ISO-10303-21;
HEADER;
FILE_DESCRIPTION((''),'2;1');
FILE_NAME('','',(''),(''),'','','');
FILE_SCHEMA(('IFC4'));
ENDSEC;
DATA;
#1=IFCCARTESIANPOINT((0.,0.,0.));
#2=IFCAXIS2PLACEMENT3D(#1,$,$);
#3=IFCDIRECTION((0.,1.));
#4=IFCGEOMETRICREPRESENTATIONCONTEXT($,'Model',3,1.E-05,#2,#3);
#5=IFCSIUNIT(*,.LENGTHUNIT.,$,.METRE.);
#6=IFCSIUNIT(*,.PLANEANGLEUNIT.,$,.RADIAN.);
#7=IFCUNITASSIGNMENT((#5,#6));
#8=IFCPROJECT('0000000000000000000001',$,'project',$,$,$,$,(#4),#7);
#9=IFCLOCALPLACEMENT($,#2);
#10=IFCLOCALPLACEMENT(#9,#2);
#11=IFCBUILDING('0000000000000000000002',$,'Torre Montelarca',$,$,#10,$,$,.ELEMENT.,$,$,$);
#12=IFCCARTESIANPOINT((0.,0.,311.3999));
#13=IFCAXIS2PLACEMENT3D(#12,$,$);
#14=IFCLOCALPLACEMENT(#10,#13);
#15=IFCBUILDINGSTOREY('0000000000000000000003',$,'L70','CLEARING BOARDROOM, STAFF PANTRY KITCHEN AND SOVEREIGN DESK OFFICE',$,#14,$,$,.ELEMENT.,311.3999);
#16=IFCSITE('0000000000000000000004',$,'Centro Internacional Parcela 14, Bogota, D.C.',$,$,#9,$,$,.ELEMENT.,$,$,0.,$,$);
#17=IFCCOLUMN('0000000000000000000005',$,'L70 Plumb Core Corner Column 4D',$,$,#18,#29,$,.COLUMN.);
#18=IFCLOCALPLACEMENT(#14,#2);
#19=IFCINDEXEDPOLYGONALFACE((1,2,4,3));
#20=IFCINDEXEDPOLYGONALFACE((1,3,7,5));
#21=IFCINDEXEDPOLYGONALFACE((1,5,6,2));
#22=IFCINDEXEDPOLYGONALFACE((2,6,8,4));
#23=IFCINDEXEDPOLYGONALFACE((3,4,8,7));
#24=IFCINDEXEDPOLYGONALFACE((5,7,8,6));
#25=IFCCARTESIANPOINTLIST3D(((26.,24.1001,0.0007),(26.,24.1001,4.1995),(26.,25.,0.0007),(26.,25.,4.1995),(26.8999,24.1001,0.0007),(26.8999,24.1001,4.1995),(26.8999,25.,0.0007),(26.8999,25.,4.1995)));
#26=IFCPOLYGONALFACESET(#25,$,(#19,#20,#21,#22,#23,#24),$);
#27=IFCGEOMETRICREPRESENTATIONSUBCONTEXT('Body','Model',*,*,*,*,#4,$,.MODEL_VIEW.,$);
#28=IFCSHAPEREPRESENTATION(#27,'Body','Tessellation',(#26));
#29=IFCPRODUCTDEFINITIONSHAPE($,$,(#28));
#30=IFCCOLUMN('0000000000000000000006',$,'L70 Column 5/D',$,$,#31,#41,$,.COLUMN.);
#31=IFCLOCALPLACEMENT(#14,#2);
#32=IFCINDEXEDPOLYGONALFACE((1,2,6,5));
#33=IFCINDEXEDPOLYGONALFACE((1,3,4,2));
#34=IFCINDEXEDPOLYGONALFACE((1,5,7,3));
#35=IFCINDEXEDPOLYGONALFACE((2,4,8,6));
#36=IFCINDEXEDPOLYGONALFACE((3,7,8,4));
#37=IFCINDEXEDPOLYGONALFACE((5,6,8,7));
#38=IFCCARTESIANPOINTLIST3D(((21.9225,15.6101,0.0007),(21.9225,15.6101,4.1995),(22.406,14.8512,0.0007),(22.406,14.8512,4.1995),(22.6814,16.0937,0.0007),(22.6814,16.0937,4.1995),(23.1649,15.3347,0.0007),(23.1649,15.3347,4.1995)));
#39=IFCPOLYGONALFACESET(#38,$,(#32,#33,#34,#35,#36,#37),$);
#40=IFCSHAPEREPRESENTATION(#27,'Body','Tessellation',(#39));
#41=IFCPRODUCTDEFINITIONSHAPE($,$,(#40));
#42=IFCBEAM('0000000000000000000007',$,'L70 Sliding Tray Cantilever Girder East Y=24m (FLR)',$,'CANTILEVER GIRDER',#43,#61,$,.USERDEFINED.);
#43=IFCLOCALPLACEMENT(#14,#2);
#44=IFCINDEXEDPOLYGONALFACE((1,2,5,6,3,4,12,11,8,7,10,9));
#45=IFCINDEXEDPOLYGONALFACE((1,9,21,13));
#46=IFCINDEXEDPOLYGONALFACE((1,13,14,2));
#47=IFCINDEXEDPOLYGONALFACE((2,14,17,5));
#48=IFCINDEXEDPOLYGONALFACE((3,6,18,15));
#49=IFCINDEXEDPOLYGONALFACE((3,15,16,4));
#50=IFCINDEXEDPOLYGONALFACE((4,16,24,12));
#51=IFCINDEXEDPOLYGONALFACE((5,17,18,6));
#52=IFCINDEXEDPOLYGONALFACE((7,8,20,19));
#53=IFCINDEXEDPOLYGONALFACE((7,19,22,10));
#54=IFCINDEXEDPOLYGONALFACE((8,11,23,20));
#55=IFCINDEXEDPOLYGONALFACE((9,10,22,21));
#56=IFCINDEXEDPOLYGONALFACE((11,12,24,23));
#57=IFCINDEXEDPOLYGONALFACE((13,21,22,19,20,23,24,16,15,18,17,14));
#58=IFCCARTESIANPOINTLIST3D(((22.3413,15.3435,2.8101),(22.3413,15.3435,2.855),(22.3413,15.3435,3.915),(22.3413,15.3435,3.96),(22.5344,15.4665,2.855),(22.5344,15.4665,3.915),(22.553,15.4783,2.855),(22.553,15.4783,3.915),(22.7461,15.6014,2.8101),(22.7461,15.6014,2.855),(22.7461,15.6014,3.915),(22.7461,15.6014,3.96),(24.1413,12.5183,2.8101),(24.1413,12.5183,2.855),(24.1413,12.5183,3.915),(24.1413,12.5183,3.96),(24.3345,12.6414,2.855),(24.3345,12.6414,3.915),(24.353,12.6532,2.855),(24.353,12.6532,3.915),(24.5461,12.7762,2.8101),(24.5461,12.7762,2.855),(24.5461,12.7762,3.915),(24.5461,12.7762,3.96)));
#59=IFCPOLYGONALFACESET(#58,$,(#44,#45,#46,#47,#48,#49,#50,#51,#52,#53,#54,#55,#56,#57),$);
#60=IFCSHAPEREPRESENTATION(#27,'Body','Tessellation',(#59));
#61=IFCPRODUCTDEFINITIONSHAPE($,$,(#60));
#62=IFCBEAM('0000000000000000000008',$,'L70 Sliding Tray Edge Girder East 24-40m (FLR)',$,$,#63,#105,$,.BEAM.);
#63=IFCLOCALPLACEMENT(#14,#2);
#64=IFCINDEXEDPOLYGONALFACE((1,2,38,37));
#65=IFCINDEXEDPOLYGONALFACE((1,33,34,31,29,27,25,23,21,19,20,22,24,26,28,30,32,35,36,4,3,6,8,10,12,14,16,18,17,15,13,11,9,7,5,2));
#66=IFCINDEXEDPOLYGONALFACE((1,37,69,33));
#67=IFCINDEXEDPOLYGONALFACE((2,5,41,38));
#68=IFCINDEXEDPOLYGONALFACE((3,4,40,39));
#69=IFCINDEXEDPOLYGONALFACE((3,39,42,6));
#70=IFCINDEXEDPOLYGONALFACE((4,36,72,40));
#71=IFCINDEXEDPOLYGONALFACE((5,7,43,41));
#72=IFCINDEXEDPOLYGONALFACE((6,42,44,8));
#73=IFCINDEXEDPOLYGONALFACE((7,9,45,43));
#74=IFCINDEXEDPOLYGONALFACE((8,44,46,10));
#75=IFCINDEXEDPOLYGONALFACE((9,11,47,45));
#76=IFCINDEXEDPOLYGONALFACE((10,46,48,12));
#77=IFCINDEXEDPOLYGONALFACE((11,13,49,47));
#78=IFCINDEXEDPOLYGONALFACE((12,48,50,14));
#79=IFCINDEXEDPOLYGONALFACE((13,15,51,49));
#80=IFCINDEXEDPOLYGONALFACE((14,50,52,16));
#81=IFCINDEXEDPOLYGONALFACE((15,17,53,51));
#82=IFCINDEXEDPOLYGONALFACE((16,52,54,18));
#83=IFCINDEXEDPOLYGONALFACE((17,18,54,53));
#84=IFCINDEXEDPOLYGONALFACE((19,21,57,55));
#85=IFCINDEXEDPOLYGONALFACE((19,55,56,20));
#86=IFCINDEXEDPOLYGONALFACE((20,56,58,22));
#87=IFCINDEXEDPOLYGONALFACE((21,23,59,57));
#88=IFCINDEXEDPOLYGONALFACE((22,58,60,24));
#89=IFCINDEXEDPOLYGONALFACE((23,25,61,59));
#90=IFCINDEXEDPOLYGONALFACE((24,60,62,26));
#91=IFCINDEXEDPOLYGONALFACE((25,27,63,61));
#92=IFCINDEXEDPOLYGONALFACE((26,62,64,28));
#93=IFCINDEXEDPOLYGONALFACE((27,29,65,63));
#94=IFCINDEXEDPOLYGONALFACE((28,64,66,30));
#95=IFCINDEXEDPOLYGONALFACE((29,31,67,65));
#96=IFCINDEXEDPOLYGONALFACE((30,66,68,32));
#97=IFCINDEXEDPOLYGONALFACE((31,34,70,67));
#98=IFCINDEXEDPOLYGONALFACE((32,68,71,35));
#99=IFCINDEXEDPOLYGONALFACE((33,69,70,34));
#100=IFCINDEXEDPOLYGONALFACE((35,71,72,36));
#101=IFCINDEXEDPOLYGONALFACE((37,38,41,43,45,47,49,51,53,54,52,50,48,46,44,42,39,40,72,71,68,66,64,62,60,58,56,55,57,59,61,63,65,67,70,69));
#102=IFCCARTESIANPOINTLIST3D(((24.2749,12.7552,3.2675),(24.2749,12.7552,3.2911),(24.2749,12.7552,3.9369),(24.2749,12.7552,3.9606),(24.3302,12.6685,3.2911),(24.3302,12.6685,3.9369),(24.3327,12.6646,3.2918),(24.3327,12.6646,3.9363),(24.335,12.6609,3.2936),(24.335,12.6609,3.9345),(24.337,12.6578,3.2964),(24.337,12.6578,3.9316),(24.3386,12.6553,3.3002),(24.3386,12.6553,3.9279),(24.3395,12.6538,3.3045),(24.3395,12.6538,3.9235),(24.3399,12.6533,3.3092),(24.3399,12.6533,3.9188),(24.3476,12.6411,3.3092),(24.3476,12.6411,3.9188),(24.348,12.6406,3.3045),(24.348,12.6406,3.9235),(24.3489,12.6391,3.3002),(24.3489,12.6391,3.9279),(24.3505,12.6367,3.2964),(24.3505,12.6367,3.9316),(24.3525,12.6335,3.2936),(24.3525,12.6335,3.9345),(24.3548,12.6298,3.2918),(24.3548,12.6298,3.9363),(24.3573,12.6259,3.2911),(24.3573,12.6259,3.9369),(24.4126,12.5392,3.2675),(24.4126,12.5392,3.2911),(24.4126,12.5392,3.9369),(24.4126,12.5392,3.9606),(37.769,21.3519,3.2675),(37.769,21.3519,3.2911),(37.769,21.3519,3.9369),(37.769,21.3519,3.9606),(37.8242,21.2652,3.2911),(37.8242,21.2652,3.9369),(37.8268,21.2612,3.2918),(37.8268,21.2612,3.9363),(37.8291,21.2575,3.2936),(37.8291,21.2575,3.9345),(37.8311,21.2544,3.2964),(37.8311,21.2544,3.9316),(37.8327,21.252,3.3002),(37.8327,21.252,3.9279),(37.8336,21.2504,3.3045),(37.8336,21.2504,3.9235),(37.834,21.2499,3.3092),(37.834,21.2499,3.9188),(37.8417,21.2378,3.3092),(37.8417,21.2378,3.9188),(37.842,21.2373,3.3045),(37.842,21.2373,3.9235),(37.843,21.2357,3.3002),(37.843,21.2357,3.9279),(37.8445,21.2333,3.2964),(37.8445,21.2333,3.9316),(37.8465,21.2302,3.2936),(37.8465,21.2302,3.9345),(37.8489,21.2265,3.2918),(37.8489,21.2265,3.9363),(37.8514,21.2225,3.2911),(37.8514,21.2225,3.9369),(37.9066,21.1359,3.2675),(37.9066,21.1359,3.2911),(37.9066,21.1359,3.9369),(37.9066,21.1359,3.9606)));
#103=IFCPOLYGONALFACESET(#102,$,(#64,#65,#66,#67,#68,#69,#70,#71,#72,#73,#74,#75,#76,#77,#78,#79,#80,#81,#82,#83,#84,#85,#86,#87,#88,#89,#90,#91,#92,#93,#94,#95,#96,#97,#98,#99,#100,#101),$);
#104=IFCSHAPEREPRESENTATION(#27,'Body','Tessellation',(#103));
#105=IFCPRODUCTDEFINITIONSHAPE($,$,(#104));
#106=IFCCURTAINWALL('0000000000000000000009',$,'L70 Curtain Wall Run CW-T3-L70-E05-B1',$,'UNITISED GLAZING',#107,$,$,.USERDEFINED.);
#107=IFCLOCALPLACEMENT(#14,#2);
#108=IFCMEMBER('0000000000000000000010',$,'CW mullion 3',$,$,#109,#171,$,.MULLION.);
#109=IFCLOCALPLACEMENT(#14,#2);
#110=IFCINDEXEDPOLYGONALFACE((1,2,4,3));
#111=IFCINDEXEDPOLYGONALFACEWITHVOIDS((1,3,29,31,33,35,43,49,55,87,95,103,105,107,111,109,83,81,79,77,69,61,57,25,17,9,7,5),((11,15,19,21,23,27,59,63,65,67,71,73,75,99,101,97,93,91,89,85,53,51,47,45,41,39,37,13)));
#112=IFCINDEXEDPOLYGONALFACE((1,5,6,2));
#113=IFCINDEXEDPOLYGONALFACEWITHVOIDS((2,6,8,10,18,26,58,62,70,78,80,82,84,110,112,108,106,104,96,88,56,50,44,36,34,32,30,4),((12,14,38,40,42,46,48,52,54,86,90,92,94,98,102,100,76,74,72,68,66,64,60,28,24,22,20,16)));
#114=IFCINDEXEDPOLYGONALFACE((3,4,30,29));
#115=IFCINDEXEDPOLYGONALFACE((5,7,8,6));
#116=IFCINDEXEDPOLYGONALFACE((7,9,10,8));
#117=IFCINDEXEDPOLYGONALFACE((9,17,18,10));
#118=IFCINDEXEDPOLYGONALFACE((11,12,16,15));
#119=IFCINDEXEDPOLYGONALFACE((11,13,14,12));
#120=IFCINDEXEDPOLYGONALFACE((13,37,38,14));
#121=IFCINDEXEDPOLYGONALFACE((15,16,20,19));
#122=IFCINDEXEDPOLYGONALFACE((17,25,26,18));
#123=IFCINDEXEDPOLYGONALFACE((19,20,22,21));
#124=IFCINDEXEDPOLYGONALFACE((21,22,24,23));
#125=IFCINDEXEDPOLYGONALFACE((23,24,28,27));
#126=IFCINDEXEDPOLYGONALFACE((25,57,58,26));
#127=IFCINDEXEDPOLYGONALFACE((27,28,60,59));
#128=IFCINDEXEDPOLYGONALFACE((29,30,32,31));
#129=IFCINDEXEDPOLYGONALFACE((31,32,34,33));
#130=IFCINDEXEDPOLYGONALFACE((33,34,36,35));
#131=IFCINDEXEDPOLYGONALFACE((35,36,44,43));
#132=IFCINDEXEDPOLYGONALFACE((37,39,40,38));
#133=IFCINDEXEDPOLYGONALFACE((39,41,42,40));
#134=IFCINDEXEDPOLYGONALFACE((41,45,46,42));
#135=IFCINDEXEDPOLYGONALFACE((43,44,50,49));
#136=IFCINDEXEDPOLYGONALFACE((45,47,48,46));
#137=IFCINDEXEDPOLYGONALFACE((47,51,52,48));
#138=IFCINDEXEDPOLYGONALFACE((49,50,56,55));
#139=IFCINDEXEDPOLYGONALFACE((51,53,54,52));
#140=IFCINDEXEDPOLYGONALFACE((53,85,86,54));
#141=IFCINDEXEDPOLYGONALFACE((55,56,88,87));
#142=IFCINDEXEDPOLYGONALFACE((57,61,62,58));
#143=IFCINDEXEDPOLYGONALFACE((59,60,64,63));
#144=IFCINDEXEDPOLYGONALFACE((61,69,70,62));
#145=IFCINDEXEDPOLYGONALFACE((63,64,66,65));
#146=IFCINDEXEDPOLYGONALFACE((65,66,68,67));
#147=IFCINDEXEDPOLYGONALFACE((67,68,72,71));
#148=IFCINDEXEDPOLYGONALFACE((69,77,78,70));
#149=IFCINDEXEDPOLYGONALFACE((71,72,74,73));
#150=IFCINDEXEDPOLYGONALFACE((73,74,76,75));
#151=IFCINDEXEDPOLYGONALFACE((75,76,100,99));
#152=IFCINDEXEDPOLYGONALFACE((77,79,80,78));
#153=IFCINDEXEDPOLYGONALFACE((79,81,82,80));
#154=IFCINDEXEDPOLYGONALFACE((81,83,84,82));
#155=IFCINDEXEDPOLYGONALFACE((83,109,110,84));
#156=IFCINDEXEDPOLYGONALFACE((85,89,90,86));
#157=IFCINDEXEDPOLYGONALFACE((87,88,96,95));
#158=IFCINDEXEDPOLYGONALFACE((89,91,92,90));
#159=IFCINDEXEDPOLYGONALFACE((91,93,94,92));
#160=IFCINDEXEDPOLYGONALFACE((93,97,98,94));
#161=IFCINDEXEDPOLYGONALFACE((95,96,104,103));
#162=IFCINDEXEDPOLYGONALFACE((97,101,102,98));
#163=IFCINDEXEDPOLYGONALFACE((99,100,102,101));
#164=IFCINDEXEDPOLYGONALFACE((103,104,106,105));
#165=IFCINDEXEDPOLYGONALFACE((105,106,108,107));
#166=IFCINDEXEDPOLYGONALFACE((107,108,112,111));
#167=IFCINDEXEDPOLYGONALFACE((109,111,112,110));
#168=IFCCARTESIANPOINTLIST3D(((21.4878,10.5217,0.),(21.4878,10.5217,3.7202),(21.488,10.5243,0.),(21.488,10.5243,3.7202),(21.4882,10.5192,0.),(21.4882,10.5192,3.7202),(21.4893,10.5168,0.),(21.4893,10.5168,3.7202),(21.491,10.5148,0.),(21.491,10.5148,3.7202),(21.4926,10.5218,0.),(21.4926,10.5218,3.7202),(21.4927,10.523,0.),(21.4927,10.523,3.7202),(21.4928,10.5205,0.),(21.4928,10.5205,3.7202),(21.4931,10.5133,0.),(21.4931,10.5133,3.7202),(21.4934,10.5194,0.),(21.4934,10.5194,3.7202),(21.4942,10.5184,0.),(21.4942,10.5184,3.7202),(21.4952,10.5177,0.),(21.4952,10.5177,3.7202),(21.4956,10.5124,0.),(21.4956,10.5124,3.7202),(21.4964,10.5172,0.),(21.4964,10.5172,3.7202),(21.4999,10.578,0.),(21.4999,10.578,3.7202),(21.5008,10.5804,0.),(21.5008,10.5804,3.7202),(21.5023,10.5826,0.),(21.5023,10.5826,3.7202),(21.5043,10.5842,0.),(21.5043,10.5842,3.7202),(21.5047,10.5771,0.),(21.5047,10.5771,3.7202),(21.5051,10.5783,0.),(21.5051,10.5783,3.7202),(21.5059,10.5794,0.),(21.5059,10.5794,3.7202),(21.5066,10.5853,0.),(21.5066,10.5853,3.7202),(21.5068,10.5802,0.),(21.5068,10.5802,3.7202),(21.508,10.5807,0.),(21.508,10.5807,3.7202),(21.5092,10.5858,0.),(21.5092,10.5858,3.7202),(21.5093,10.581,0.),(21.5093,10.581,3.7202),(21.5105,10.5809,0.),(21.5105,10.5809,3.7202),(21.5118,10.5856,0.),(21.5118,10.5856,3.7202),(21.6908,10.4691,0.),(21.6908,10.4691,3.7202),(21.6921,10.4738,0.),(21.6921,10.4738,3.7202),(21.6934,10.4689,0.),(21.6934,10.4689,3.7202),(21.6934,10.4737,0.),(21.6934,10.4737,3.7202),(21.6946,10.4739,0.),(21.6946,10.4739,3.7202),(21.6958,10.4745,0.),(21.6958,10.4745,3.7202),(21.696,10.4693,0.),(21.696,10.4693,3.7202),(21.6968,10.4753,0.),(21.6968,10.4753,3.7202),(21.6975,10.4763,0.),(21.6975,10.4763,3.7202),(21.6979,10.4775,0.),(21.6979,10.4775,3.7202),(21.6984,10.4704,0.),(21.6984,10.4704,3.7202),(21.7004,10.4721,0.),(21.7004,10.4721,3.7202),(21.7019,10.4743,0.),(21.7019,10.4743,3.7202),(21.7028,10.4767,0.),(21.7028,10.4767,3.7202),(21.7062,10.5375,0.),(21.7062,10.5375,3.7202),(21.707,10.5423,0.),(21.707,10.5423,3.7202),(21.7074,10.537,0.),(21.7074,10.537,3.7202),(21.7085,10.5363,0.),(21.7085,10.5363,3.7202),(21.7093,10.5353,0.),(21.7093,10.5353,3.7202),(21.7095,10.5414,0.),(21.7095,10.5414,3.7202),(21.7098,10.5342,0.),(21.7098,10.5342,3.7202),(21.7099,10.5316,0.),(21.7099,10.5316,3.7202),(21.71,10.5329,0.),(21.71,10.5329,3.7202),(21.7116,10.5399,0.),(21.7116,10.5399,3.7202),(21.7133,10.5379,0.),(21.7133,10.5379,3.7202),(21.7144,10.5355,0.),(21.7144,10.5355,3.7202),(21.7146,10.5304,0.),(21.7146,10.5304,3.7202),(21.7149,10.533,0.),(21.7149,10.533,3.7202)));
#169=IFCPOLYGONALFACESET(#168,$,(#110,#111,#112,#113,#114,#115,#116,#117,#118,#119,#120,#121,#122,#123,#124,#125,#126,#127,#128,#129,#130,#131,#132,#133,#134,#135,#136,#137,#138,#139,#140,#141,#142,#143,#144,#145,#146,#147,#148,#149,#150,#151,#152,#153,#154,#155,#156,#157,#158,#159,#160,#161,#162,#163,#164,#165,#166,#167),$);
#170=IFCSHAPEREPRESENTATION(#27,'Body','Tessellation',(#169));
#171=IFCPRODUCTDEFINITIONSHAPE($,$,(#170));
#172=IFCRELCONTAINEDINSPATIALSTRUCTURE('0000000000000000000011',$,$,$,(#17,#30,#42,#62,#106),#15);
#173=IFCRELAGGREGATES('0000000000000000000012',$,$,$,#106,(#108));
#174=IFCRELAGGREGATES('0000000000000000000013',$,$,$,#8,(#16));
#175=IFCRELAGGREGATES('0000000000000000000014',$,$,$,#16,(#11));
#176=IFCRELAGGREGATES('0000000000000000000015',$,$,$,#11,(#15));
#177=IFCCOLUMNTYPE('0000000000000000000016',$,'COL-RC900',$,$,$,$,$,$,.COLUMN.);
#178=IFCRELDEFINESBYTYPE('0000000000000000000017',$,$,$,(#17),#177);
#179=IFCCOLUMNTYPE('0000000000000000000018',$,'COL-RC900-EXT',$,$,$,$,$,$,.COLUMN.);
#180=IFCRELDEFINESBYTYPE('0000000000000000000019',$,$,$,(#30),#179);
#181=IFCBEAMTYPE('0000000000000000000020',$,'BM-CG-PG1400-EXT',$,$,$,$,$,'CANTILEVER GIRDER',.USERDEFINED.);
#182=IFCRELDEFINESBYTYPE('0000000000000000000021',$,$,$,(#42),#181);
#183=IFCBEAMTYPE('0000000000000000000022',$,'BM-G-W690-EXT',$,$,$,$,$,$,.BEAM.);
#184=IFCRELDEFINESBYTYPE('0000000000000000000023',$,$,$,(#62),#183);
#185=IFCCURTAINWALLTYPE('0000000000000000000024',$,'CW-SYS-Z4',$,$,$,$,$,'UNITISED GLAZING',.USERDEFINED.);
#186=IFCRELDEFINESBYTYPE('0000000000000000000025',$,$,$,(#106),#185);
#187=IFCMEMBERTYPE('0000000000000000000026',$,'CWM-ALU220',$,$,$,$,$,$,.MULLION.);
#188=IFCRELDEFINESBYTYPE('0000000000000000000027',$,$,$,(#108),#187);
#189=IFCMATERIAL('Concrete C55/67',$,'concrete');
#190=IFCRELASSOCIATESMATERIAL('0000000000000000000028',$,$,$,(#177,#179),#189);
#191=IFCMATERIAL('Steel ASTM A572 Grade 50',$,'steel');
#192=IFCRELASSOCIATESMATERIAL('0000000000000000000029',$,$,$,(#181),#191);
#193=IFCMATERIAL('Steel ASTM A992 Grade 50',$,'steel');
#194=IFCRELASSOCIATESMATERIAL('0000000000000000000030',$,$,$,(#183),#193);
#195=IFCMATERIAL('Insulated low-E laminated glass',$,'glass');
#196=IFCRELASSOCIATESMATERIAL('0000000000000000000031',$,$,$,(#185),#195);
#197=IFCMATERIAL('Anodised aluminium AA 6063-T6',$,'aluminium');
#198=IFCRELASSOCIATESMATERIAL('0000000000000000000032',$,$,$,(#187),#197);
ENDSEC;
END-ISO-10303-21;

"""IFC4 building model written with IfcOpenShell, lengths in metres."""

from ifc_helpers import new_model, si_unit, direction, frame, origin, origin_2d, place, context, subcontext, project, spatial, rectangle, hollow_rectangle, i_section, extrude, source, transform, mapped, material, material_profile, profile_set, type_object, element, aggregate, save


model = new_model("IFC4")

# Units and contexts
model_context = context("Model", 3, precision=1e-05, world=origin(), true_north=direction((0.0, 1.0)))
body_context = subcontext(model_context, "Body", "Model", "MODEL_VIEW")
ifc_project = project(units=[si_unit("LENGTHUNIT", "METRE"), si_unit("PLANEANGLEUNIT", "RADIAN")], contexts=[model_context])

# Site, building, storey
site_placement = place(None, origin())
site = spatial("IfcSite", under=ifc_project, at=site_placement, Name="Centro Internacional Parcela 14, Bogota, D.C.", CompositionType="ELEMENT", RefElevation=0.0)
building_placement = place(site_placement, origin())
building = spatial("IfcBuilding", under=site, at=building_placement, Name="Torre Montelarca", CompositionType="ELEMENT")
storey_placement = place(building_placement, frame((0.0, 0.0, 311.3999)))
storey = spatial("IfcBuildingStorey", under=building, at=storey_placement, Name="L70", Description="CLEARING BOARDROOM, STAFF PANTRY KITCHEN AND SOVEREIGN DESK OFFICE", CompositionType="ELEMENT", Elevation=311.3999)

# Columns
ifc_material_1 = material(Name="Concrete C55/67", Category="concrete")
ifc_material_profile_1 = material_profile(ifc_material_1, rectangle(XDim=0.8999, YDim=0.8999, at=origin_2d()), Name="RC900X900", Category="concrete")
ifc_profile_set_1 = profile_set([ifc_material_profile_1], Name="Concrete C55/67")
column_type_1 = type_object("IfcColumnType", Name="COL-RC900", PredefinedType="COLUMN", material=ifc_profile_set_1)
shared_shape_1 = source(origin(), body_context, "Body", "SweptSolid", [
    extrude(rectangle(XDim=0.8999, YDim=0.8999, at=origin_2d()), origin(), (0.0, 0.0, 1.0), 4.1987),
])
column_1_placement = place(storey_placement, frame((26.45, 24.55, 0.0007), z_axis=(0.0, 0.0, 1.0), x_axis=(1.0, 0.0, 0.0)))
element("IfcColumn", 1, at=column_1_placement, inside=storey, type_object=column_type_1, Name="L70 Plumb Core Corner Column 4D", PredefinedType="COLUMN", context=body_context, shape_type="MappedRepresentation", body=[
    mapped(shared_shape_1, transform((0.0, 0.0, 0.0), scale=1.0)),
])
ifc_material_profile_2 = material_profile(ifc_material_1, rectangle(XDim=0.8999, YDim=0.8999, at=origin_2d()), Name="RC900X900", Category="concrete")
ifc_profile_set_2 = profile_set([ifc_material_profile_2], Name="Concrete C55/67")
column_type_2 = type_object("IfcColumnType", Name="COL-RC900-EXT", PredefinedType="COLUMN", material=ifc_profile_set_2)
shared_shape_2 = source(origin(), body_context, "Body", "SweptSolid", [
    extrude(rectangle(XDim=0.8999, YDim=0.8999, at=origin_2d()), origin(), (0.0, 0.0, 1.0), 4.1987),
])
column_2_placement = place(storey_placement, frame((22.5437, 15.4724, 0.0007), z_axis=(0.0, 0.0, 1.0), x_axis=(-0.5373, 0.843391, 0.0)))
element("IfcColumn", 2, at=column_2_placement, inside=storey, type_object=column_type_2, Name="L70 Column 5/D", PredefinedType="COLUMN", context=body_context, shape_type="MappedRepresentation", body=[
    mapped(shared_shape_2, transform((0.0, 0.0, 0.0), scale=1.0)),
])

# Beams
ifc_material_2 = material(Name="Steel ASTM A572 Grade 50", Category="steel")
ifc_material_profile_3 = material_profile(ifc_material_2, i_section(OverallWidth=0.48, OverallDepth=1.1499, WebThickness=0.022, FlangeThickness=0.0449, at=origin_2d()), Name="PG1150X480X22X45", Category="steel")
ifc_profile_set_3 = profile_set([ifc_material_profile_3], Name="Steel ASTM A572 Grade 50")
beam_type_1 = type_object("IfcBeamType", Name="BM-CG-PG1400-EXT", ElementType="CANTILEVER GIRDER", PredefinedType="USERDEFINED", material=ifc_profile_set_3)
shared_shape_3 = source(origin(), body_context, "Body", "SweptSolid", [
    extrude(i_section(OverallWidth=0.48, OverallDepth=1.1499, WebThickness=0.022, FlangeThickness=0.0449, at=origin_2d()), origin(), (0.0, 0.0, 1.0), 3.3499),
])
beam_1_placement = place(storey_placement, frame((22.5437, 15.4724, 3.385), z_axis=(0.537342, -0.843364, 0.0), x_axis=(0.843364, 0.537342, 0.0)))
element("IfcBeam", 3, at=beam_1_placement, inside=storey, type_object=beam_type_1, Name="L70 Sliding Tray Cantilever Girder East Y=24m (FLR)", ObjectType="CANTILEVER GIRDER", PredefinedType="USERDEFINED", context=body_context, shape_type="MappedRepresentation", body=[
    mapped(shared_shape_3, transform((0.0, 0.0, 0.0), scale=1.0)),
])
ifc_material_3 = material(Name="Steel ASTM A992 Grade 50", Category="steel")
ifc_material_profile_4 = material_profile(ifc_material_3, i_section(OverallWidth=0.2561, OverallDepth=0.6931, WebThickness=0.0144, FlangeThickness=0.0237, FilletRadius=0.0181, at=origin_2d()), Name="W690X170", Category="steel")
ifc_profile_set_4 = profile_set([ifc_material_profile_4], Name="Steel ASTM A992 Grade 50")
beam_type_2 = type_object("IfcBeamType", Name="BM-G-W690-EXT", PredefinedType="BEAM", material=ifc_profile_set_4)
shared_shape_4 = source(origin(), body_context, "Body", "SweptSolid", [
    extrude(i_section(OverallWidth=0.2561, OverallDepth=0.6931, WebThickness=0.0144, FlangeThickness=0.0237, FilletRadius=0.0181, at=origin_2d()), origin(), (0.0, 0.0, 1.0), 15.9998),
])
beam_2_placement = place(storey_placement, frame((24.3438, 12.6472, 3.614), z_axis=(0.843392, 0.537298, 0.0), x_axis=(-0.537298, 0.843392, 0.0)))
element("IfcBeam", 4, at=beam_2_placement, inside=storey, type_object=beam_type_2, Name="L70 Sliding Tray Edge Girder East 24-40m (FLR)", PredefinedType="BEAM", context=body_context, shape_type="MappedRepresentation", body=[
    mapped(shared_shape_4, transform((0.0, 0.0, 0.0), scale=1.0)),
])

# Curtain wall, member
ifc_material_4 = material(Name="Insulated low-E laminated glass", Category="glass")
curtain_wall_type = type_object("IfcCurtainWallType", Name="CW-SYS-Z4", ElementType="UNITISED GLAZING", PredefinedType="USERDEFINED", material=ifc_material_4)
curtain_wall_1_placement = place(storey_placement, origin())
curtain_wall_1 = element("IfcCurtainWall", 5, at=curtain_wall_1_placement, inside=storey, type_object=curtain_wall_type, Name="L70 Curtain Wall Run CW-T3-L70-E05-B1", ObjectType="UNITISED GLAZING", PredefinedType="USERDEFINED")
ifc_material_5 = material(Name="Anodised aluminium AA 6063-T6", Category="aluminium")
ifc_material_profile_5 = material_profile(ifc_material_5, hollow_rectangle(XDim=0.075, YDim=0.22, WallThickness=0.0049, InnerFilletRadius=0.0049, OuterFilletRadius=0.01, at=origin_2d()), Name="ALU75X220X5", Category="aluminium")
ifc_profile_set_5 = profile_set([ifc_material_profile_5], Name="Anodised aluminium AA 6063-T6")
member_type_1 = type_object("IfcMemberType", Name="CWM-ALU220", PredefinedType="MULLION", material=ifc_profile_set_5)
shared_shape_5 = source(origin(), body_context, "Body", "SweptSolid", [
    extrude(hollow_rectangle(XDim=0.075, YDim=0.22, WallThickness=0.0049, InnerFilletRadius=0.0049, OuterFilletRadius=0.01, at=origin_2d()), origin(), (0.0, 0.0, 1.0), 3.7202),
])
member_1_placement = place(storey_placement, frame((21.6013, 10.5273, 0.0), z_axis=(0.0, 0.0, 1.0), x_axis=(0.216439, 0.976296, 0.0)))
member_1 = element("IfcMember", 6, at=member_1_placement, type_object=member_type_1, Name="CW mullion 3", PredefinedType="MULLION", context=body_context, shape_type="MappedRepresentation", body=[
    mapped(shared_shape_5, transform((0.0, 0.0, 0.0), scale=1.0)),
])

aggregate(curtain_wall_1, [member_1])

save(model, "model.ifc")
